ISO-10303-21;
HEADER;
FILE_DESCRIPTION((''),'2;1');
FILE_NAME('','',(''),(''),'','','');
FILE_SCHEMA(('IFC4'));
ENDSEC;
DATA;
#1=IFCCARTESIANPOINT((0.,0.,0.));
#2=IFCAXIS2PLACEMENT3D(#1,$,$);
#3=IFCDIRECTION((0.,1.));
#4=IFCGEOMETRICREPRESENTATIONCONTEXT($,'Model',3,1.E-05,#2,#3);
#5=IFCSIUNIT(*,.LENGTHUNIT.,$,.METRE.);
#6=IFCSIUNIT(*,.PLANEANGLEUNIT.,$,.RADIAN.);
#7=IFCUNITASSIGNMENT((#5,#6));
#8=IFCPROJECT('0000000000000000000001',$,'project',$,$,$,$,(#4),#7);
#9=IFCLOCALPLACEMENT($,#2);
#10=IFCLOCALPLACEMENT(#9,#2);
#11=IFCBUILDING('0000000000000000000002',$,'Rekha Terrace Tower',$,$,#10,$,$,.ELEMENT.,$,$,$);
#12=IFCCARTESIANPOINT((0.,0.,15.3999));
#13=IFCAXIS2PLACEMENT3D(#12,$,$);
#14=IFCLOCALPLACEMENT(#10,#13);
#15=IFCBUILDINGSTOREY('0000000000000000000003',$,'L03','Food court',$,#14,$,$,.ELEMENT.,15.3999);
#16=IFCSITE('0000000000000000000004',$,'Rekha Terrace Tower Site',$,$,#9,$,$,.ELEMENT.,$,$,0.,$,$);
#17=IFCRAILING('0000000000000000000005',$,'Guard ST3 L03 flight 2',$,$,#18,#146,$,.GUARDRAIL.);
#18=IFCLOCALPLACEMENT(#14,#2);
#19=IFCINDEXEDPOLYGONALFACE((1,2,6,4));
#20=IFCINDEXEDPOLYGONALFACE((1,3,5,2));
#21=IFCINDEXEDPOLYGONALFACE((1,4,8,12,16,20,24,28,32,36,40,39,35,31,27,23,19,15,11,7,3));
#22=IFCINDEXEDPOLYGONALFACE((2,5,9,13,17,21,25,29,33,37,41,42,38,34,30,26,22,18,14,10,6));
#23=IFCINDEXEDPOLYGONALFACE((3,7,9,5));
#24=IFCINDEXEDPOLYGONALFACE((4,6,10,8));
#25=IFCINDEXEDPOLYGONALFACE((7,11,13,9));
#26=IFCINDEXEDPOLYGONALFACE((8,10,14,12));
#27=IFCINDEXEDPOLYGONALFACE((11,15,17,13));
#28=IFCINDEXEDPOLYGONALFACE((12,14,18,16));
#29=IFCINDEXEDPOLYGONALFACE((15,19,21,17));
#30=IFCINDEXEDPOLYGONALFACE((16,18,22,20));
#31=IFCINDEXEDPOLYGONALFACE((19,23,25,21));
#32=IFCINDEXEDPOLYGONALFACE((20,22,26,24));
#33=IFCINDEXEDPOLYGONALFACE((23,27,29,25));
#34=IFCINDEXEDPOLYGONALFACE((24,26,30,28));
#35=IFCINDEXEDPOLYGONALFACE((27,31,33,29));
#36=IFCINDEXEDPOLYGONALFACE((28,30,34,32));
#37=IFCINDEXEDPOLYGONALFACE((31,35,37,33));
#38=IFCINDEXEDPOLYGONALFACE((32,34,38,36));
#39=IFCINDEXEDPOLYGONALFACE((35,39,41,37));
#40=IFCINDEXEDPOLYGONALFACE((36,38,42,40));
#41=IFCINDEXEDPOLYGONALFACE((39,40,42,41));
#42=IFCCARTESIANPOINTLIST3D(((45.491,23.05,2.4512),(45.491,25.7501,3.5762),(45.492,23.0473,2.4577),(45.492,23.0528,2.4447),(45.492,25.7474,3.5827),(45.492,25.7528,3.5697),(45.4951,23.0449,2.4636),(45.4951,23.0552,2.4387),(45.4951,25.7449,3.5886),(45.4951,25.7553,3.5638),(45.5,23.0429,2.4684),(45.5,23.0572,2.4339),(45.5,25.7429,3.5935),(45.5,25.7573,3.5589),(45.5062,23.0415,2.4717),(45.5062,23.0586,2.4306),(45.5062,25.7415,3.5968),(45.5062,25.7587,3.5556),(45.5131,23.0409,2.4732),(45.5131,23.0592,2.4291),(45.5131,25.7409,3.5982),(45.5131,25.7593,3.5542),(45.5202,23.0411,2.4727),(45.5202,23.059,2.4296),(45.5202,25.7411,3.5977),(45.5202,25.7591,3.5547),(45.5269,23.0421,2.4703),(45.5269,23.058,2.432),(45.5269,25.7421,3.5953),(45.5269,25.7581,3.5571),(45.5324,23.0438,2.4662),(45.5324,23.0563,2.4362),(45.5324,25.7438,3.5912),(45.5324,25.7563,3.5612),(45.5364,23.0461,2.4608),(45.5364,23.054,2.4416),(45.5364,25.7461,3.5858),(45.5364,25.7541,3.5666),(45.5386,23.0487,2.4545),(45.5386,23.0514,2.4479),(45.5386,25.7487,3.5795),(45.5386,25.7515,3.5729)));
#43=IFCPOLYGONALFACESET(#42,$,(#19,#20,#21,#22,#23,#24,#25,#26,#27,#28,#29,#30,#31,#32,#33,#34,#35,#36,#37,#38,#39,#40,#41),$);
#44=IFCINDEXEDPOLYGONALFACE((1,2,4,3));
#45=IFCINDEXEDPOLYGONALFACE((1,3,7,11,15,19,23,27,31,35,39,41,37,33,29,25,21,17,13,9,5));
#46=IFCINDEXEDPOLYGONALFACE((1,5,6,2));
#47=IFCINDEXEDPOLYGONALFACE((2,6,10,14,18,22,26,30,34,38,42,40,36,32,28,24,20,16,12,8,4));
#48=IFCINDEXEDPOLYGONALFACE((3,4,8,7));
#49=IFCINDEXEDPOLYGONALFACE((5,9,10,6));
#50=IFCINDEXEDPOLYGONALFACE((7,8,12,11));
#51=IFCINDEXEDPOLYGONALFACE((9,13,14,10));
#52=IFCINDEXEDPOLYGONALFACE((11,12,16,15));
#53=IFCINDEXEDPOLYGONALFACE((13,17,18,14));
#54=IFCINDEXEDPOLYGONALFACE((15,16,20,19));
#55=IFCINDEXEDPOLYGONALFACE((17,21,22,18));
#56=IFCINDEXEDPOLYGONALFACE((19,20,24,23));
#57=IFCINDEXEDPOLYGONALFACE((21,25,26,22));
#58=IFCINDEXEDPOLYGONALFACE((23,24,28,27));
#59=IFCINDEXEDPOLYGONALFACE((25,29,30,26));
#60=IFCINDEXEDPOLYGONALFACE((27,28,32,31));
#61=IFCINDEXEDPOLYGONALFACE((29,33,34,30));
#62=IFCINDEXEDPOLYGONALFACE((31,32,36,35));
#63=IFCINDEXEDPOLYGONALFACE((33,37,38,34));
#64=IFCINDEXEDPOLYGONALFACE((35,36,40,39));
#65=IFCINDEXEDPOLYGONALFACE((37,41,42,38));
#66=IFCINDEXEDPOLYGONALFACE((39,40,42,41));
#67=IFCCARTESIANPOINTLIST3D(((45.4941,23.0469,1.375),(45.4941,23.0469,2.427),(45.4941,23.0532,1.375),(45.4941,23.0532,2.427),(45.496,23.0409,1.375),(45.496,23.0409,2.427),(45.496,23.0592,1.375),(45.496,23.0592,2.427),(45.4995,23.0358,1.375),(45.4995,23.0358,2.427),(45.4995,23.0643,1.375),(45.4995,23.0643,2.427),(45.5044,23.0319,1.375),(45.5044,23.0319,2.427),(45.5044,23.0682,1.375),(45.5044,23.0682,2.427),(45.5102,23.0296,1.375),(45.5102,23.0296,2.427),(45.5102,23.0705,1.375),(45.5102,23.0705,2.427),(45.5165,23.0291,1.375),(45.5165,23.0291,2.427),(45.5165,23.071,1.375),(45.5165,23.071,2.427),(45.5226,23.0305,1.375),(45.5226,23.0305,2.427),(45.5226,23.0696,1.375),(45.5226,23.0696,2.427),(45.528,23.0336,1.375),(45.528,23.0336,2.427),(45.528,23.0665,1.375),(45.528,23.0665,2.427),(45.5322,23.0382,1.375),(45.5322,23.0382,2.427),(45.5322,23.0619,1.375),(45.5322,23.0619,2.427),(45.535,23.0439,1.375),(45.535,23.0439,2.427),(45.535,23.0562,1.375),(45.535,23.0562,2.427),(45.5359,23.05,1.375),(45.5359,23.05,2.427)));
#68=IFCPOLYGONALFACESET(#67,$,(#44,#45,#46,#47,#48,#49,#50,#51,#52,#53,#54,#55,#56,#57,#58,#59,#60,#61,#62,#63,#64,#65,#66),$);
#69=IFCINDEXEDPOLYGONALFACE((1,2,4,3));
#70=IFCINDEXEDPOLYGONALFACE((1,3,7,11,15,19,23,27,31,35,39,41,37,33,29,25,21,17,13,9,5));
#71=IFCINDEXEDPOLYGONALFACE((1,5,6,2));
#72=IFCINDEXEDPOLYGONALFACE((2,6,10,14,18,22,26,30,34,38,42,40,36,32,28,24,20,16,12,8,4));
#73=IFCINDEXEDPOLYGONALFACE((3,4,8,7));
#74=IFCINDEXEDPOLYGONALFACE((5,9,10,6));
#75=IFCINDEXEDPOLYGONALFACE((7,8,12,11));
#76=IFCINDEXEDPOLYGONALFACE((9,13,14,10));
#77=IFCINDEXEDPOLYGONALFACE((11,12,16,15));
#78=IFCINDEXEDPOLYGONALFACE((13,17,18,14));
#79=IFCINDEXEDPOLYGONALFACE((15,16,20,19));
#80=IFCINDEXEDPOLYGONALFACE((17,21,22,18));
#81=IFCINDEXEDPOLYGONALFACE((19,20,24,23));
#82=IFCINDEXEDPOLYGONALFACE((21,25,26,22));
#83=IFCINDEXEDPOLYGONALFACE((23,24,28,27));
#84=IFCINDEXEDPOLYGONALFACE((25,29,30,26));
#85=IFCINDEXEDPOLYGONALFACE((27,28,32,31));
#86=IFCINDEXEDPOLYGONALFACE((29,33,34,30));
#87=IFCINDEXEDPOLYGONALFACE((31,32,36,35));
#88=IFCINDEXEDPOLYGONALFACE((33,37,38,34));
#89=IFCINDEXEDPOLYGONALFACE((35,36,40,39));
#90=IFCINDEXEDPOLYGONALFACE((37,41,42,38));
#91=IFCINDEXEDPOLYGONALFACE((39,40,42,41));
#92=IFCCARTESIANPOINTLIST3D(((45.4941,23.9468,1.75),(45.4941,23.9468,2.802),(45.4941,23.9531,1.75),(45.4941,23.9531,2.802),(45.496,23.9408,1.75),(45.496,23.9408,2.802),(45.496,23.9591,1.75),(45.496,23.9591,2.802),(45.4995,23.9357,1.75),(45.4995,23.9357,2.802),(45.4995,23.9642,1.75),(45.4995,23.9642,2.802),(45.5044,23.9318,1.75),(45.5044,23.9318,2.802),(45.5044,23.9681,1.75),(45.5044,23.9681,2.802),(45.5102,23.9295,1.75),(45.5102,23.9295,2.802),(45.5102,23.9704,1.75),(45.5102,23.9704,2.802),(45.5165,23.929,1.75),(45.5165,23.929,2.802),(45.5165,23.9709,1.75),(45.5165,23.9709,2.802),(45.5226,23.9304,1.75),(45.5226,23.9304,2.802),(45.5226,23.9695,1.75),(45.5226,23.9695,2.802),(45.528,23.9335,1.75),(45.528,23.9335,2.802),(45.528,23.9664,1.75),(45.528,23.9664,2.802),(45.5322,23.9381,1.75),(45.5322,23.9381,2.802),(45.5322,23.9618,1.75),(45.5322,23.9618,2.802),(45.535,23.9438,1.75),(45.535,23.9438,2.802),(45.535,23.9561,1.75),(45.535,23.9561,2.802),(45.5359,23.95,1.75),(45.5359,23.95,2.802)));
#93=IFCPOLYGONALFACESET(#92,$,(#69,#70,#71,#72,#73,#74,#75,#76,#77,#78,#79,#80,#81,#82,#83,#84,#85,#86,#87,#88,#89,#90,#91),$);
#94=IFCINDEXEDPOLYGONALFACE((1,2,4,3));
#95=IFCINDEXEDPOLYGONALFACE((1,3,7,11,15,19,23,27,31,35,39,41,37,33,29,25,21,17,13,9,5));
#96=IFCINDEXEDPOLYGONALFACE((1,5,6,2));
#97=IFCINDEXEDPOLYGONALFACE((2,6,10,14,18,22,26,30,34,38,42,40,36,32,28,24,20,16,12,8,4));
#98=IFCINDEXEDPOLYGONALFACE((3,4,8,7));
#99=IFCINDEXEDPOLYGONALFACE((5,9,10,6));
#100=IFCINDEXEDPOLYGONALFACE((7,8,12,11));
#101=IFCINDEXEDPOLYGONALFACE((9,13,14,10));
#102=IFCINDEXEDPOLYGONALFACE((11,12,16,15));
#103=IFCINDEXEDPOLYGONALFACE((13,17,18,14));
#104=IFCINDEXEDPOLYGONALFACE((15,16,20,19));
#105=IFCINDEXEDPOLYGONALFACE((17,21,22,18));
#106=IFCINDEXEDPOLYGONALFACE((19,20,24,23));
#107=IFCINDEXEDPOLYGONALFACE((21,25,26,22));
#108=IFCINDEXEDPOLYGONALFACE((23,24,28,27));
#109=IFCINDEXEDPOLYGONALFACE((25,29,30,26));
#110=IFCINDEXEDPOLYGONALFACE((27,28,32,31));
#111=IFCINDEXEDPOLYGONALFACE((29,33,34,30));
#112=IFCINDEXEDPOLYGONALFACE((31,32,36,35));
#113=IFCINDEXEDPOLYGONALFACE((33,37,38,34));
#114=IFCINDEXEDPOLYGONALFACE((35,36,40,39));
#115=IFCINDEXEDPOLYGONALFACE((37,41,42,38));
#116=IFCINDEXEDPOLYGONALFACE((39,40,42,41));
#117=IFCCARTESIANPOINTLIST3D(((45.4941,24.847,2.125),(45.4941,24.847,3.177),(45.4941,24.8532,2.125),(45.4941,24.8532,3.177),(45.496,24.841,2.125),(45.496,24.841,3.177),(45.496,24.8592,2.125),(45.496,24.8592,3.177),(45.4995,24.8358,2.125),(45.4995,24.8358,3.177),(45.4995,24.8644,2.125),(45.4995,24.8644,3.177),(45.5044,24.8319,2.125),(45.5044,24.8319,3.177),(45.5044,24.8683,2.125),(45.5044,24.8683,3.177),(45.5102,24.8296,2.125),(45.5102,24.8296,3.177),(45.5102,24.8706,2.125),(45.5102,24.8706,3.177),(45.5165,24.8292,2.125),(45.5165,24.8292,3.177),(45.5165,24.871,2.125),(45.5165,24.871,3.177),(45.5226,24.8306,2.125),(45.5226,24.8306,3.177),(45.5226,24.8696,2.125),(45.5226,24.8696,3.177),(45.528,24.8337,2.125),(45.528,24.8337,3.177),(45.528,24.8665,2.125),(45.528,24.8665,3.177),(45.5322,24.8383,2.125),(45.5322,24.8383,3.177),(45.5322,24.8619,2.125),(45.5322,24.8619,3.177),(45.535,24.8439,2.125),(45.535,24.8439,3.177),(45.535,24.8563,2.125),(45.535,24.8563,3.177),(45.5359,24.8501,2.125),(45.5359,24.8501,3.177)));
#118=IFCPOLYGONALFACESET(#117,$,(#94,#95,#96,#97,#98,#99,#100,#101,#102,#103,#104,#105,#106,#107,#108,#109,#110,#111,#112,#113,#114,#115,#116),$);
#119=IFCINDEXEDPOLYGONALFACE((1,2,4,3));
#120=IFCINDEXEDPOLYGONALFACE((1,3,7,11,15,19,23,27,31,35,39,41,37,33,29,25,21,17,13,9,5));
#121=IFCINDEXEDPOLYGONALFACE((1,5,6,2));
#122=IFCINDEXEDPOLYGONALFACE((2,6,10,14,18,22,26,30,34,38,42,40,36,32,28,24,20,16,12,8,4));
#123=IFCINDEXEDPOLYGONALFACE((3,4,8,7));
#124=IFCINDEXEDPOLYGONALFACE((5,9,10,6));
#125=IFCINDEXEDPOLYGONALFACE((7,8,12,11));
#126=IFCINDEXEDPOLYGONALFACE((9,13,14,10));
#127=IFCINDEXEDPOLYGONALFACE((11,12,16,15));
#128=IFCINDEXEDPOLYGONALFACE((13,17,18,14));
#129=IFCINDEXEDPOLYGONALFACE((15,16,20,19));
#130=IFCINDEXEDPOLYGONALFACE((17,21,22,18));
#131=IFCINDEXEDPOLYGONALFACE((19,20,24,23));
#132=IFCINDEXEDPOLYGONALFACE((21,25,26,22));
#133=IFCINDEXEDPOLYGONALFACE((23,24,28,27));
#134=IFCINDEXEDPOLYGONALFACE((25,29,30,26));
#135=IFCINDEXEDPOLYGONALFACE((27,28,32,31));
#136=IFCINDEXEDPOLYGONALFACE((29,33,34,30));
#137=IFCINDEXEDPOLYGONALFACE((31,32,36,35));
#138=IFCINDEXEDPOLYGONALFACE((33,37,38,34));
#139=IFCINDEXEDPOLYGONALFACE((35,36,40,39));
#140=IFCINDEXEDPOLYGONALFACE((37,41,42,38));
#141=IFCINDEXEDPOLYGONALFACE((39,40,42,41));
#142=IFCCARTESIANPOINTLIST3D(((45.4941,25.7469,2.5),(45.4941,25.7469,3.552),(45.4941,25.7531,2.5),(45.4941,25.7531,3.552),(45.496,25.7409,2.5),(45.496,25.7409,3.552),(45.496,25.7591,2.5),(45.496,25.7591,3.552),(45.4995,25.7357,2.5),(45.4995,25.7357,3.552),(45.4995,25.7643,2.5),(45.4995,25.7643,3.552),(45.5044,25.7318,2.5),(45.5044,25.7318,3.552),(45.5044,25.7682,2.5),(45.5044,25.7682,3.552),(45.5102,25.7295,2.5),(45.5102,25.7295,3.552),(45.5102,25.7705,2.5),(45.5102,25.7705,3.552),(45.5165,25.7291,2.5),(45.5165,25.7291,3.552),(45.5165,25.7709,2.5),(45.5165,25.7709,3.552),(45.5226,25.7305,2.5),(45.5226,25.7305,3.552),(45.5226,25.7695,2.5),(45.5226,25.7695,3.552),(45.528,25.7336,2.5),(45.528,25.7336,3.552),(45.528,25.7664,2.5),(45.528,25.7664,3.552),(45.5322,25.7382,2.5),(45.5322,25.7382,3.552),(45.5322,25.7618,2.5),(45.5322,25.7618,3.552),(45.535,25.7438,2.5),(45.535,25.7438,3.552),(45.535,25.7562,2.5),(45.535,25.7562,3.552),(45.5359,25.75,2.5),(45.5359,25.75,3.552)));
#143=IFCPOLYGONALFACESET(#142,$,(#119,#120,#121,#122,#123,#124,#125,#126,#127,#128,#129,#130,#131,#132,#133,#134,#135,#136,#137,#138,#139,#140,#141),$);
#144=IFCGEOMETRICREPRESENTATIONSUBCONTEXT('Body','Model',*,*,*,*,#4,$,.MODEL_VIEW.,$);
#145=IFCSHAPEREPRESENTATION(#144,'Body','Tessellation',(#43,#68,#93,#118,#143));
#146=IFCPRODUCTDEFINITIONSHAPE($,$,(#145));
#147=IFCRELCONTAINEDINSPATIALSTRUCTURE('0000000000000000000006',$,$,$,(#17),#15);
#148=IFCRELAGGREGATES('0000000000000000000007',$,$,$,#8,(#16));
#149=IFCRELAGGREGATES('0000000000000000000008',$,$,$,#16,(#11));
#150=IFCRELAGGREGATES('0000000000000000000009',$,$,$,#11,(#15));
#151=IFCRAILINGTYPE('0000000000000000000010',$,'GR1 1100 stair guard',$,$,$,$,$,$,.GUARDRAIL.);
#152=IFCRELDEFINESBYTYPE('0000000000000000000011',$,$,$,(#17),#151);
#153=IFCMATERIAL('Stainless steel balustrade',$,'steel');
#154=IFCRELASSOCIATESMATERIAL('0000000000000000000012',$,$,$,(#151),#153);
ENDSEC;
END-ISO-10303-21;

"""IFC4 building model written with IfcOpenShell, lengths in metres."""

from ifc_helpers import new_model, si_unit, direction, frame, origin, origin_2d, place, context, subcontext, project, spatial, circle, extrude, material, type_object, element, save


model = new_model("IFC4")

# Units and contexts
model_context = context("Model", 3, precision=1e-05, world=origin(), true_north=direction((0.0, 1.0)))
body_context = subcontext(model_context, "Body", "Model", "MODEL_VIEW")
ifc_project = project(units=[si_unit("LENGTHUNIT", "METRE"), si_unit("PLANEANGLEUNIT", "RADIAN")], contexts=[model_context])

# Site, building, storey
site_placement = place(None, origin())
site = spatial("IfcSite", under=ifc_project, at=site_placement, Name="Rekha Terrace Tower Site", CompositionType="ELEMENT", RefElevation=0.0)
building_placement = place(site_placement, origin())
building = spatial("IfcBuilding", under=site, at=building_placement, Name="Rekha Terrace Tower", CompositionType="ELEMENT")
storey_placement = place(building_placement, frame((0.0, 0.0, 15.3999)))
storey = spatial("IfcBuildingStorey", under=building, at=storey_placement, Name="L03", Description="Food court", CompositionType="ELEMENT", Elevation=15.3999)

# Railing
ifc_material_1 = material(Name="Stainless steel balustrade", Category="steel")
railing_type_1 = type_object("IfcRailingType", Name="GR1 1100 stair guard", PredefinedType="GUARDRAIL", material=ifc_material_1)
railing_1_placement = place(storey_placement, frame((45.5149, 23.05, 1.375)))
element("IfcRailing", 1, at=railing_1_placement, inside=storey, type_object=railing_type_1, Name="Guard ST3 L03 flight 2", PredefinedType="GUARDRAIL", context=body_context, shape_type="SweptSolid", body=[
    extrude(circle(Radius=0.0239, at=origin_2d()), frame((0.0, 0.0, 1.0762), z_axis=(0.0, 0.923074, 0.384621), x_axis=(-1.0, 0.0, 0.0)), (0.0, 0.0, 1.0), 2.925),
    extrude(circle(Radius=0.021, at=origin_2d()), origin(), (0.0, 0.0, 1.0), 1.052),
    extrude(circle(Radius=0.021, at=origin_2d()), frame((0.0, 0.8999, 0.375)), (0.0, 0.0, 1.0), 1.052),
    extrude(circle(Radius=0.021, at=origin_2d()), frame((0.0, 1.8, 0.75)), (0.0, 0.0, 1.0), 1.052),
    extrude(circle(Radius=0.021, at=origin_2d()), frame((0.0, 2.7, 1.125)), (0.0, 0.0, 1.0), 1.052),
])

save(model, "model.ifc")
